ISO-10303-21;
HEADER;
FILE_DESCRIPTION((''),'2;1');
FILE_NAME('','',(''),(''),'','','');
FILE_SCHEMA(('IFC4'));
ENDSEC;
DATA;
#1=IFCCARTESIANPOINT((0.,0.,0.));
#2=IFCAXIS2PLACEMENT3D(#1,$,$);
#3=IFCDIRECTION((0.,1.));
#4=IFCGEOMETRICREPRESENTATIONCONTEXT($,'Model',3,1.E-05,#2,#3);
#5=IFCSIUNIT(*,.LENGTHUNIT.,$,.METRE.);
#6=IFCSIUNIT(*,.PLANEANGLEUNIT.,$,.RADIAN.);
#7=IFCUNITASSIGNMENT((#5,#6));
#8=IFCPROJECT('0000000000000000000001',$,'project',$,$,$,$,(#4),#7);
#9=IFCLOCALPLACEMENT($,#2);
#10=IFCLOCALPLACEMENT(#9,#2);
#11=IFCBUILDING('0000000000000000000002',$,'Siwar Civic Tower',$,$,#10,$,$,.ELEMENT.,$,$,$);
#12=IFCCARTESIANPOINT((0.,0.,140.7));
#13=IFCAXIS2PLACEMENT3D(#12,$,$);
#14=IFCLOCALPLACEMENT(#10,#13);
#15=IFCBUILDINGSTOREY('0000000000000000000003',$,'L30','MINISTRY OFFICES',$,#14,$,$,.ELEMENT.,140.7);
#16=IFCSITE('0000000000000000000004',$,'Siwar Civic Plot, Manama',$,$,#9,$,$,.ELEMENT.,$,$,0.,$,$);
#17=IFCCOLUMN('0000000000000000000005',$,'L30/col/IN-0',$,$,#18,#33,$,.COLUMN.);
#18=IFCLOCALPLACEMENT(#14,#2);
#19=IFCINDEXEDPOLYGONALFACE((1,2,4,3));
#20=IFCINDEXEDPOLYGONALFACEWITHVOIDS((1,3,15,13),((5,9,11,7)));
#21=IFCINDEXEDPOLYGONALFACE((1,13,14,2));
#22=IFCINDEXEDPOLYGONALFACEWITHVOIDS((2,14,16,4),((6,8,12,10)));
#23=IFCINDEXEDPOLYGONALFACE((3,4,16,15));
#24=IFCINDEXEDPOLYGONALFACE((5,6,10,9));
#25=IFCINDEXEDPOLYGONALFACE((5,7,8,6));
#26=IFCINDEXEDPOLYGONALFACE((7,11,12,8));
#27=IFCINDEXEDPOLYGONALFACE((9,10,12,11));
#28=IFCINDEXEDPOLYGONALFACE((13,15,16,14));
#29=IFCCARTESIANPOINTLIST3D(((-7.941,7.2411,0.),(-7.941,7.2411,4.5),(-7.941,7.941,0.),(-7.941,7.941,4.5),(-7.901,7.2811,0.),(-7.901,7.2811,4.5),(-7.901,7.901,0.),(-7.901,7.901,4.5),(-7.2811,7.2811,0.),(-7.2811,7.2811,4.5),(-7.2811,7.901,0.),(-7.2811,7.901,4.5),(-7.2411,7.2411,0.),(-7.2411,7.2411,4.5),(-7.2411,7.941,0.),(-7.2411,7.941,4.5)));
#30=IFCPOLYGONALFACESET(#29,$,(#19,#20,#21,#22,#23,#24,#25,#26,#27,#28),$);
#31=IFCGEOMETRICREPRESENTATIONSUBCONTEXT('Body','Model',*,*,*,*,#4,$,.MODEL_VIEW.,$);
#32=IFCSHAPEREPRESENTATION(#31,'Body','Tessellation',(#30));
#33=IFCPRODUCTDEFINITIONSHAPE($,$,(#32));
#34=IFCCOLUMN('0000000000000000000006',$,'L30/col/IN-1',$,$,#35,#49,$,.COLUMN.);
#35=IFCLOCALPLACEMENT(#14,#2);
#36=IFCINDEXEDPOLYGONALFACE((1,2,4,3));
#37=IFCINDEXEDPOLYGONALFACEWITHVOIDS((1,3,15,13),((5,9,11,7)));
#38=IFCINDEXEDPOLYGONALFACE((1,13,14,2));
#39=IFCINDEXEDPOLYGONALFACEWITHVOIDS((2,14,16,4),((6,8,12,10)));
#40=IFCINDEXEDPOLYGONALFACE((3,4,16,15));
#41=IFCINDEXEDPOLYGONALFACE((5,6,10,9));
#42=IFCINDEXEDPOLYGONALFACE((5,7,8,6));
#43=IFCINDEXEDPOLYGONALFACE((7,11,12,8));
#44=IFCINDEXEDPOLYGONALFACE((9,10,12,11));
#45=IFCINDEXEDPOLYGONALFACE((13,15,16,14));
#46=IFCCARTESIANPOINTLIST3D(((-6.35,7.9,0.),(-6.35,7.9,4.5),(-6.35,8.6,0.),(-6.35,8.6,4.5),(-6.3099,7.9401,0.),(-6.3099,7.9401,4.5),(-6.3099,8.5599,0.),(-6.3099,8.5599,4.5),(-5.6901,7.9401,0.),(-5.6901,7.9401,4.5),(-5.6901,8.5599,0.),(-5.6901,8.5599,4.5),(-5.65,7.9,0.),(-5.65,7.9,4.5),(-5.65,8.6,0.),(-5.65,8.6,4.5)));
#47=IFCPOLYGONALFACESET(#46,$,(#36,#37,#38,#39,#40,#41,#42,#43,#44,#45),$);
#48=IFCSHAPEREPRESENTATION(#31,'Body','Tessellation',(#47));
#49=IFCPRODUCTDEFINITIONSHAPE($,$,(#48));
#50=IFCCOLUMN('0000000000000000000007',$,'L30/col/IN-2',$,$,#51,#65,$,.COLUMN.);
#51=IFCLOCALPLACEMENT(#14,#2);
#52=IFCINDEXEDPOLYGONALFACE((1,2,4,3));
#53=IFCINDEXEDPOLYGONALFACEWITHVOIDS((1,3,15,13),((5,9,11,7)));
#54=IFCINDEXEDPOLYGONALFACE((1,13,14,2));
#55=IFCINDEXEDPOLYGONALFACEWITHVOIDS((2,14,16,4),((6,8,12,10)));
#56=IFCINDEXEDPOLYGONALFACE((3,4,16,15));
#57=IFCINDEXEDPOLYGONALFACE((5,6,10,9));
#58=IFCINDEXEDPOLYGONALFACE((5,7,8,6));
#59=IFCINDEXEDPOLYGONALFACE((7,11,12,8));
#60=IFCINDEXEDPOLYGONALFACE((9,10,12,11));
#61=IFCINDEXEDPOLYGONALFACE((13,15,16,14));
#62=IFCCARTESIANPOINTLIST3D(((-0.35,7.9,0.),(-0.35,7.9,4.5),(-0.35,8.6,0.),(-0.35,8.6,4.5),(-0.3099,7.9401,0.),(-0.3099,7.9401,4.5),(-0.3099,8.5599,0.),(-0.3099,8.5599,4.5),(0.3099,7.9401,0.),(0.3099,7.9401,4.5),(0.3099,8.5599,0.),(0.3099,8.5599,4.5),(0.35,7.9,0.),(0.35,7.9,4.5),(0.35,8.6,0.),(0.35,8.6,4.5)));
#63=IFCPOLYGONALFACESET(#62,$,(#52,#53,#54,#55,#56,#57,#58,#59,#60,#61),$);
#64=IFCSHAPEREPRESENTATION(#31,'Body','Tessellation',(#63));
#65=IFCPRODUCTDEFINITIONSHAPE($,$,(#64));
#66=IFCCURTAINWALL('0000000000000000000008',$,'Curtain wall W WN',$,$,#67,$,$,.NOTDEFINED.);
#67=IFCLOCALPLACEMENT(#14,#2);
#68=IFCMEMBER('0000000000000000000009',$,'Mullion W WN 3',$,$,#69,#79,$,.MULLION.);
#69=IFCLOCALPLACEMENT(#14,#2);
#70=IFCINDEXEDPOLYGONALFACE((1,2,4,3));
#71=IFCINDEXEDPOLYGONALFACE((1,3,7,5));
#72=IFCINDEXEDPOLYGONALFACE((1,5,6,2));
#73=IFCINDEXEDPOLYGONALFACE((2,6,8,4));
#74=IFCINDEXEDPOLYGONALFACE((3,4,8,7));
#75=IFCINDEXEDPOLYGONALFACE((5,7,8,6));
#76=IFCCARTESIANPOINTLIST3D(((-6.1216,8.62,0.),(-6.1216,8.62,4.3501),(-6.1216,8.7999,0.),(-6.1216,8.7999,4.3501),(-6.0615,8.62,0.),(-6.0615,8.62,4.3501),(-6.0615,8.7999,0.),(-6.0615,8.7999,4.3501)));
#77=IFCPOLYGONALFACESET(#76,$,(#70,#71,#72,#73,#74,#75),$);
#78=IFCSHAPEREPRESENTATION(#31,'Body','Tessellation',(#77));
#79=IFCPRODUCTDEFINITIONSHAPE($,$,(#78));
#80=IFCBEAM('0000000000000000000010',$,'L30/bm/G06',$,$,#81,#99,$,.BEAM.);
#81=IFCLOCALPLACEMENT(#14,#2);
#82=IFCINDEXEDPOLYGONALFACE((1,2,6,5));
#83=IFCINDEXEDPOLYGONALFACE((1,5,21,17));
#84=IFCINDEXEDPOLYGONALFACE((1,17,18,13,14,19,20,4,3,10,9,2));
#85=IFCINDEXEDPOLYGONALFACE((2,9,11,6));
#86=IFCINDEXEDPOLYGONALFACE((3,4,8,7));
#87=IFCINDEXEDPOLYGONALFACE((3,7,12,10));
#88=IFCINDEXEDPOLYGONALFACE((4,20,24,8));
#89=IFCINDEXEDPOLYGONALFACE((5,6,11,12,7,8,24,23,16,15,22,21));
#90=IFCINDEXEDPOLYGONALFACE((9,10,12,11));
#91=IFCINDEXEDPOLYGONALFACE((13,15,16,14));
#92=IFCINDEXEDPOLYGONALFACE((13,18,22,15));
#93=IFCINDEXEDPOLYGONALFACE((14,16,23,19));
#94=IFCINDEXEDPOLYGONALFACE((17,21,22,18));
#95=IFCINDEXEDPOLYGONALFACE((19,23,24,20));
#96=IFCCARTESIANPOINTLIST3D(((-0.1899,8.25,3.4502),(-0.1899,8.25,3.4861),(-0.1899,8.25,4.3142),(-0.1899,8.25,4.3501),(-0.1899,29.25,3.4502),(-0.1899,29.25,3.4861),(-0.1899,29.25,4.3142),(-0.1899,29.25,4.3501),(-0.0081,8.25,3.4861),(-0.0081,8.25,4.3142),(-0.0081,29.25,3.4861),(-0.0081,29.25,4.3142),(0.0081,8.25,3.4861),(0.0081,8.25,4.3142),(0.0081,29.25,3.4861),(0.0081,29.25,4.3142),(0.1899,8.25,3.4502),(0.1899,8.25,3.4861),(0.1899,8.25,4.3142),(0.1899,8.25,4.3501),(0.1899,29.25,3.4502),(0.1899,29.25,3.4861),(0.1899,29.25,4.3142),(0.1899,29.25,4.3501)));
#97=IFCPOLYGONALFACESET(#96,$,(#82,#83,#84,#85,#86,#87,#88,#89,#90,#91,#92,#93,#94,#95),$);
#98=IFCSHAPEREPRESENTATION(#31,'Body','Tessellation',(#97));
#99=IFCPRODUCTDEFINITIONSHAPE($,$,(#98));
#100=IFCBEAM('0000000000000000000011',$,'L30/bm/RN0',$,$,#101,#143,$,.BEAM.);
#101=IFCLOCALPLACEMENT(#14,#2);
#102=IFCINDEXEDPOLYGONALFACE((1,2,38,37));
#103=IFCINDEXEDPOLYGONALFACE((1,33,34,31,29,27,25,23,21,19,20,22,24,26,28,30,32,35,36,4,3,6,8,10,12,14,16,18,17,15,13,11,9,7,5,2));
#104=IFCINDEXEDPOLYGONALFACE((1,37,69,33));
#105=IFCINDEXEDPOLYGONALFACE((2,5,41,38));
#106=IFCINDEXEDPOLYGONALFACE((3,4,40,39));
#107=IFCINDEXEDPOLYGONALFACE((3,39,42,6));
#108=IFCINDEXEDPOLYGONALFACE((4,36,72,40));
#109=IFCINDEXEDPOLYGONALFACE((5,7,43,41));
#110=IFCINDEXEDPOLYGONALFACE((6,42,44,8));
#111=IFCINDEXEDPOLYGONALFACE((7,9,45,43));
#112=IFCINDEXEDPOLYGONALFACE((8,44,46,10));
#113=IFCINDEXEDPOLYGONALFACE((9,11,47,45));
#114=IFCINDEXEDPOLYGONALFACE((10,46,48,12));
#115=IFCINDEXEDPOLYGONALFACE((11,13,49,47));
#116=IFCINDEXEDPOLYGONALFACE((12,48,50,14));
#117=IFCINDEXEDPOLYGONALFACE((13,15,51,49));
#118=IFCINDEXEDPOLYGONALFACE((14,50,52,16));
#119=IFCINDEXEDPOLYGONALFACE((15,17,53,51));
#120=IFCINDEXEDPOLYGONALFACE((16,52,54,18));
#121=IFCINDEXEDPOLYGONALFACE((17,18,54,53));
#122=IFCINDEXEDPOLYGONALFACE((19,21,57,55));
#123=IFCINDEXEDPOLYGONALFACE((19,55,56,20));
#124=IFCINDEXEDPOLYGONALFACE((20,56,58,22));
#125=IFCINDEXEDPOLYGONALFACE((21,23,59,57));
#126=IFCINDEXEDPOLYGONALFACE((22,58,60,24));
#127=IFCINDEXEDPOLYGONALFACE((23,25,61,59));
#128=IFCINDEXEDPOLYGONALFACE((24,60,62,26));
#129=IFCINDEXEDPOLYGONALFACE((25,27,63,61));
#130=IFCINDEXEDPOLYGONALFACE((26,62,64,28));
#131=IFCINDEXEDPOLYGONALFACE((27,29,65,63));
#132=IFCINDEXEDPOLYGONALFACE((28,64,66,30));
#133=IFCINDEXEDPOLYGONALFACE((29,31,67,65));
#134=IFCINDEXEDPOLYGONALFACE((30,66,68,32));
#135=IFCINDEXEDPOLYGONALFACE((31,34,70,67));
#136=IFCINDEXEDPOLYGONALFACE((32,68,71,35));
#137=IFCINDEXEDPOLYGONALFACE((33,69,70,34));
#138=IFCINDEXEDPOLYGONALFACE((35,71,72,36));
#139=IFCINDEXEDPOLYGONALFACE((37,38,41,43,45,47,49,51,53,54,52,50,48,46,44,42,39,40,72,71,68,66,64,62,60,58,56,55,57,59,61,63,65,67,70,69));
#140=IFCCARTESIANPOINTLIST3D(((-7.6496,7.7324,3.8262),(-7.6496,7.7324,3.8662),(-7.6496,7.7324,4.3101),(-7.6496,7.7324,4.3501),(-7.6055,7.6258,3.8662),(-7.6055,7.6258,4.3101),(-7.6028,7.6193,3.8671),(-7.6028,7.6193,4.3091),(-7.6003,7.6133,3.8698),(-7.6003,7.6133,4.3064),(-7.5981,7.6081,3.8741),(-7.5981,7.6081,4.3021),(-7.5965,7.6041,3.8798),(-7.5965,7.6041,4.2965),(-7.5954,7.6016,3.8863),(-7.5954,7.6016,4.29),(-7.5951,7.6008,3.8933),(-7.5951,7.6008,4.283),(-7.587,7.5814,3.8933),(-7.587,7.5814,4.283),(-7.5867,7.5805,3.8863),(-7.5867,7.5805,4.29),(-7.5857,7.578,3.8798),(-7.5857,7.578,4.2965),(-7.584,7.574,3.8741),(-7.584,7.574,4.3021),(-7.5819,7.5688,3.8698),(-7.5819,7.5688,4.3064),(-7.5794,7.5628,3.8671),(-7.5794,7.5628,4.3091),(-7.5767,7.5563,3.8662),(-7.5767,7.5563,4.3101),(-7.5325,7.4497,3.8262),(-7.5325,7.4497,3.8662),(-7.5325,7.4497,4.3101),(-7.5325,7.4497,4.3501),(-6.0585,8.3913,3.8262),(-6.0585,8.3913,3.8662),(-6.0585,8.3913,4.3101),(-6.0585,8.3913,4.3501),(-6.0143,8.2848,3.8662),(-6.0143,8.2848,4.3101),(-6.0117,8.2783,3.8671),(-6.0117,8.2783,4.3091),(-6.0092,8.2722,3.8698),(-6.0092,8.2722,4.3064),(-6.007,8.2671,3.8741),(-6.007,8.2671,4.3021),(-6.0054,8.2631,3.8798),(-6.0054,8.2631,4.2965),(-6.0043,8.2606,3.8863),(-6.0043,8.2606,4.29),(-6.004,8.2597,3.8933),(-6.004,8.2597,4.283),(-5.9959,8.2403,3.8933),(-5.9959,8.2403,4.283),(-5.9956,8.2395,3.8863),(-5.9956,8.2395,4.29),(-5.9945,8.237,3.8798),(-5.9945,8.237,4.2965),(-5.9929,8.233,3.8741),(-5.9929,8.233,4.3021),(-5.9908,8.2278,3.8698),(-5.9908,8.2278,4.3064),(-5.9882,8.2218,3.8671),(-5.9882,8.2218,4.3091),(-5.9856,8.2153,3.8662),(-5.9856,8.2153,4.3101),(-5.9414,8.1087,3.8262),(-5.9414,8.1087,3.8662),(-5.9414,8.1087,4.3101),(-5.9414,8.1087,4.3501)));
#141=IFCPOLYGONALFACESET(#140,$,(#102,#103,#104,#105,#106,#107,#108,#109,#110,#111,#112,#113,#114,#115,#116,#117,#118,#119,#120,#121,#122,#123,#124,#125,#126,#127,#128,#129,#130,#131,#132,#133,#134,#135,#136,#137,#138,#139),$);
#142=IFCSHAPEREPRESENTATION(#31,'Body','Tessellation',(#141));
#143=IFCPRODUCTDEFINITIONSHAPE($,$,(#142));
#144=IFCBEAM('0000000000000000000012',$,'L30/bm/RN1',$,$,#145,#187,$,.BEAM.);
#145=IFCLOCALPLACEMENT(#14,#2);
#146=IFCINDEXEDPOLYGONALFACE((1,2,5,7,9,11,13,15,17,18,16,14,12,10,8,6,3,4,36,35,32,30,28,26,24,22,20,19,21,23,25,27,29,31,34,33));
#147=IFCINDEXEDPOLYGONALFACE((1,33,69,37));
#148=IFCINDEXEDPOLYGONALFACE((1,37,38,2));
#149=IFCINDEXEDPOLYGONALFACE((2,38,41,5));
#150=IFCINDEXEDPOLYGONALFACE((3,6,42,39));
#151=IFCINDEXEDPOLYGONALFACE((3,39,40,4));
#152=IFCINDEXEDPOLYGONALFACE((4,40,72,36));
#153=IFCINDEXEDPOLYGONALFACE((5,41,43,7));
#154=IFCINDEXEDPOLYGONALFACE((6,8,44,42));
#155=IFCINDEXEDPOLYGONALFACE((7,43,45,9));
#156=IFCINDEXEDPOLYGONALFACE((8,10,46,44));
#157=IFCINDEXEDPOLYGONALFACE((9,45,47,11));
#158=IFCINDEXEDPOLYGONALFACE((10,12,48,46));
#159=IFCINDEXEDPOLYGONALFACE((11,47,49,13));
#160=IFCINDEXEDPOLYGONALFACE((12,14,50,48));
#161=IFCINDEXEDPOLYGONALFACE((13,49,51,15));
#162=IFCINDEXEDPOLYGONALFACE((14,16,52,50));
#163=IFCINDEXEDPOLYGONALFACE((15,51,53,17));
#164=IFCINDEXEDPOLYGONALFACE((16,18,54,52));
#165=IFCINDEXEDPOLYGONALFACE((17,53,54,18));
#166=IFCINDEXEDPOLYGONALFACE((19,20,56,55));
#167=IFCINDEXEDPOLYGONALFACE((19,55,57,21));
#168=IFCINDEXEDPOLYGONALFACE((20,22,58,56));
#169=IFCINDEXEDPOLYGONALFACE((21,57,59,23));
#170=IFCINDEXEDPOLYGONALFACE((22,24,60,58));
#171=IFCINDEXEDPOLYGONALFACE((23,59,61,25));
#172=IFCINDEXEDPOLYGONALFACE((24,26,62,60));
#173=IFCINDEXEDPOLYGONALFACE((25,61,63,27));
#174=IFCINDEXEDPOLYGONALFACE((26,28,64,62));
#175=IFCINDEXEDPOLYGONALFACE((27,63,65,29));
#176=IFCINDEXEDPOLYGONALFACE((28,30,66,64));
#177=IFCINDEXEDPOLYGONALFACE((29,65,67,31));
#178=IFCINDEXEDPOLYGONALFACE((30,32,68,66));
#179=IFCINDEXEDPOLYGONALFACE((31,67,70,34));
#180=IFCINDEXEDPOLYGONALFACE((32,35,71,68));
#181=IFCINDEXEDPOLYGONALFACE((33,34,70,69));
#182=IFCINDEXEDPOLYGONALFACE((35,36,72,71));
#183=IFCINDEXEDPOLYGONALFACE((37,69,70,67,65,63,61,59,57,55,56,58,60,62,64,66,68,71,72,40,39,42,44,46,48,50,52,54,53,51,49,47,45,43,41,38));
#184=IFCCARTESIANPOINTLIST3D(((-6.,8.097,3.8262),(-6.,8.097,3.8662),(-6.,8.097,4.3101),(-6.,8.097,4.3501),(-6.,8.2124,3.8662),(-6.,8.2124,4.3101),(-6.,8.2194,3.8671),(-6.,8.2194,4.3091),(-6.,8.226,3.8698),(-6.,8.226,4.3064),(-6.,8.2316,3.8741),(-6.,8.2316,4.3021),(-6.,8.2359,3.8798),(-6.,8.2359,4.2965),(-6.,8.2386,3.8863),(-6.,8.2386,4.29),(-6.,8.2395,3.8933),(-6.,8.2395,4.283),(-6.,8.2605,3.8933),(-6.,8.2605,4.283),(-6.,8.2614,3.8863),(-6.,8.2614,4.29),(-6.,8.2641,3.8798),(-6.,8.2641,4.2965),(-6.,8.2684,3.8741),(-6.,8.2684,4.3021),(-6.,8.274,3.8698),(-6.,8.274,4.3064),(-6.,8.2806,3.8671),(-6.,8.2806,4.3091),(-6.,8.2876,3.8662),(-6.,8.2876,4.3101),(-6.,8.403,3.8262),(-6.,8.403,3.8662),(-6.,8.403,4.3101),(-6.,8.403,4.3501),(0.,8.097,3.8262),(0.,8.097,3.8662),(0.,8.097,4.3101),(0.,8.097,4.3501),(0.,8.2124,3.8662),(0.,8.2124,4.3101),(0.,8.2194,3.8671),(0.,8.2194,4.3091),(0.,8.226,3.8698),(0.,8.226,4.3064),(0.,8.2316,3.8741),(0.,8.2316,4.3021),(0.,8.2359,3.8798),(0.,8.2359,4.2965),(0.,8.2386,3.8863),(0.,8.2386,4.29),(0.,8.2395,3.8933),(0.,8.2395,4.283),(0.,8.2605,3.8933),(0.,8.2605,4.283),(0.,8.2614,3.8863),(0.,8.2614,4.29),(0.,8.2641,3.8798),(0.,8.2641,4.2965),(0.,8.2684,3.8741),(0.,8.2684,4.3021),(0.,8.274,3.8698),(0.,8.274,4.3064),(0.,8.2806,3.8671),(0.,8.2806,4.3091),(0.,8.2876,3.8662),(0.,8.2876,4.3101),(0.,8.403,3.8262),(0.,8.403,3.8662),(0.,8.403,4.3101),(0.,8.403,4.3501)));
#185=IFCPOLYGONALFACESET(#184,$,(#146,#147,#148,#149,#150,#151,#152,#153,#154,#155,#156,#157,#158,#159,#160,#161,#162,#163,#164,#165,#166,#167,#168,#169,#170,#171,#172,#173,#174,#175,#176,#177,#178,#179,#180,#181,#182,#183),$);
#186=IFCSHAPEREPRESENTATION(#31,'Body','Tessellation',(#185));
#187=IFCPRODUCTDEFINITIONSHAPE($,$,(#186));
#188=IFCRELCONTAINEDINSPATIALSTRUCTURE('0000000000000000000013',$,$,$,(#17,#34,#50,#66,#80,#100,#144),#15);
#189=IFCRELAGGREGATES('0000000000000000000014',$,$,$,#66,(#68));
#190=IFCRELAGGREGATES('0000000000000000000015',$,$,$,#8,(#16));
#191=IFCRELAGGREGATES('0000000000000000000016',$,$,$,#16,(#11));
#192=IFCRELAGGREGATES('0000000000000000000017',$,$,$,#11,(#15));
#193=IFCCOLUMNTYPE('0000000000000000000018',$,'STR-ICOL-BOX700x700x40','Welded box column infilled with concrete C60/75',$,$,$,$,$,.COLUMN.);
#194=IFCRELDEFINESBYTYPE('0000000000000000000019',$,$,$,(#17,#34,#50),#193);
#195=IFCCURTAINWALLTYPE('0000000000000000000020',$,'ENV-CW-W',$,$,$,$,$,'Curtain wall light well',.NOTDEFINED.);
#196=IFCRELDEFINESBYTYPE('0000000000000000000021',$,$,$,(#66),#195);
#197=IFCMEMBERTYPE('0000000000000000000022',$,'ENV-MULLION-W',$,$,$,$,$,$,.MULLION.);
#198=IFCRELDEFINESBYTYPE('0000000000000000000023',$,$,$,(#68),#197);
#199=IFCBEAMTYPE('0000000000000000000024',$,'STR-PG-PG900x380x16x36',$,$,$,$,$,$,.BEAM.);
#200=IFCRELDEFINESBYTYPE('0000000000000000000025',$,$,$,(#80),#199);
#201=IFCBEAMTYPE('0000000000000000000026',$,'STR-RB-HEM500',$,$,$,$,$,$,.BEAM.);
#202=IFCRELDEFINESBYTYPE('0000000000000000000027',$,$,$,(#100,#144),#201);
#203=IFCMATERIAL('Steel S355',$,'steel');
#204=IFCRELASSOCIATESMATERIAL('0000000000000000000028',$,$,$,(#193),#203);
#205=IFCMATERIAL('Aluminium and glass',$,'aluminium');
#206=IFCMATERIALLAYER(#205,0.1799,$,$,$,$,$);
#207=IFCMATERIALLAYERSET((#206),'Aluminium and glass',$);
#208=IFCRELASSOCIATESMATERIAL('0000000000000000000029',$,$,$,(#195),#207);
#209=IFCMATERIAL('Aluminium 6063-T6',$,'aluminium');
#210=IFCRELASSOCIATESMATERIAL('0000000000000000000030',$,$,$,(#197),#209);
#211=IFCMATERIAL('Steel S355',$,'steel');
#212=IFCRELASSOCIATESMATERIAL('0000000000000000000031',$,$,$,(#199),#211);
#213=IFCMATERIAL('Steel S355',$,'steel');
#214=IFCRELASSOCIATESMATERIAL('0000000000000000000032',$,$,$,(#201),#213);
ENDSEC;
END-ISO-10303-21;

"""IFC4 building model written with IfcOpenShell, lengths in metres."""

from ifc_helpers import new_model, si_unit, direction, frame, origin, origin_2d, place, context, subcontext, project, spatial, rectangle, hollow_rectangle, i_section, extrude, material, layer, layer_set, material_profile, profile_set, type_object, element, aggregate, save


model = new_model("IFC4")

# Units and contexts
model_context = context("Model", 3, precision=1e-05, world=origin(), true_north=direction((0.0, 1.0)))
body_context = subcontext(model_context, "Body", "Model", "MODEL_VIEW")
ifc_project = project(units=[si_unit("LENGTHUNIT", "METRE"), si_unit("PLANEANGLEUNIT", "RADIAN")], contexts=[model_context])

# Site, building, storey
site_placement = place(None, origin())
site = spatial("IfcSite", under=ifc_project, at=site_placement, Name="Siwar Civic Plot, Manama", CompositionType="ELEMENT", RefElevation=0.0)
building_placement = place(site_placement, origin())
building = spatial("IfcBuilding", under=site, at=building_placement, Name="Siwar Civic Tower", CompositionType="ELEMENT")
storey_placement = place(building_placement, frame((0.0, 0.0, 140.7)))
storey = spatial("IfcBuildingStorey", under=building, at=storey_placement, Name="L30", Description="MINISTRY OFFICES", CompositionType="ELEMENT", Elevation=140.7)

# Columns
ifc_material_1 = material(Name="Steel S355", Category="steel")
ifc_material_profile_1 = material_profile(ifc_material_1, hollow_rectangle(XDim=0.7, YDim=0.7, WallThickness=0.04, at=origin_2d()), Name="BOX700x700x40")
ifc_profile_set_1 = profile_set([ifc_material_profile_1], Name="Steel S355")
column_type = type_object("IfcColumnType", Name="STR-ICOL-BOX700x700x40", Description="Welded box column infilled with concrete C60/75", PredefinedType="COLUMN", material=ifc_profile_set_1)
for number, where, z_axis, x_axis, name in (
    (1, (-7.5911, 7.5911, 0.0), (0.0, 0.0, 1.0), (1.0, 0.0, 0.0), "L30/col/IN-0"),
    (2, (-6.0, 8.25, 0.0), (0.0, 0.0, 1.0), (1.0, 0.0, 0.0), "L30/col/IN-1"),
    (3, (0.0, 8.25, 0.0), (0.0, 0.0, 1.0), (1.0, 0.0, 0.0), "L30/col/IN-2"),
):
    element("IfcColumn", number, at=place(storey_placement, frame(where, z_axis=z_axis, x_axis=x_axis)), inside=storey, type_object=column_type, Name=name, PredefinedType="COLUMN", context=body_context, shape_type="SweptSolid", body=[
        extrude(hollow_rectangle(XDim=0.7, YDim=0.7, WallThickness=0.04, at=origin_2d()), origin(), (0.0, 0.0, 1.0), 4.5),
    ])

# Curtain wall, member
ifc_material_2 = material(Name="Aluminium and glass", Category="aluminium")
ifc_layer_1 = layer(ifc_material_2, 0.1799)
ifc_layer_set_1 = layer_set([ifc_layer_1], Name="Aluminium and glass")
curtain_wall_type = type_object("IfcCurtainWallType", Name="ENV-CW-W", ElementType="Curtain wall light well", PredefinedType="NOTDEFINED", material=ifc_layer_set_1)
curtain_wall_placement = place(storey_placement, origin())
curtain_wall = element("IfcCurtainWall", 4, at=curtain_wall_placement, inside=storey, type_object=curtain_wall_type, Name="Curtain wall W WN", PredefinedType="NOTDEFINED")
ifc_material_3 = material(Name="Aluminium 6063-T6", Category="aluminium")
ifc_material_profile_2 = material_profile(ifc_material_3, rectangle(XDim=0.1799, YDim=0.0601, at=origin_2d()), Name="AL 180x60")
ifc_profile_set_2 = profile_set([ifc_material_profile_2], Name="Aluminium 6063-T6")
member_type = type_object("IfcMemberType", Name="ENV-MULLION-W", PredefinedType="MULLION", material=ifc_profile_set_2)
member_placement = place(storey_placement, frame((-6.0916, 8.71, 0.0), z_axis=(0.0, 0.0, 1.0), x_axis=(0.0, -1.0, 0.0)))
member = element("IfcMember", 5, at=member_placement, type_object=member_type, Name="Mullion W WN 3", PredefinedType="MULLION", context=body_context, shape_type="SweptSolid", body=[
    extrude(rectangle(XDim=0.1799, YDim=0.0601, at=origin_2d()), origin(), (0.0, 0.0, 1.0), 4.3501),
])

# Beams
ifc_material_4 = material(Name="Steel S355", Category="steel")
ifc_material_profile_3 = material_profile(ifc_material_4, i_section(OverallWidth=0.3799, OverallDepth=0.8999, WebThickness=0.0161, FlangeThickness=0.0359, at=origin_2d()), Name="PG900x380x16x36")
ifc_profile_set_3 = profile_set([ifc_material_profile_3], Name="Steel S355")
beam_type_1 = type_object("IfcBeamType", Name="STR-PG-PG900x380x16x36", PredefinedType="BEAM", material=ifc_profile_set_3)
beam_1_placement = place(storey_placement, frame((0.0, 8.25, 3.9001), z_axis=(0.0, 1.0, 0.0), x_axis=(-1.0, 0.0, 0.0)))
element("IfcBeam", 6, at=beam_1_placement, inside=storey, type_object=beam_type_1, Name="L30/bm/G06", PredefinedType="BEAM", context=body_context, shape_type="SweptSolid", body=[
    extrude(i_section(OverallWidth=0.3799, OverallDepth=0.8999, WebThickness=0.0161, FlangeThickness=0.0359, at=origin_2d()), origin(), (0.0, 0.0, 1.0), 21.0),
])
ifc_material_5 = material(Name="Steel S355", Category="steel")
ifc_material_profile_4 = material_profile(ifc_material_5, i_section(OverallWidth=0.3059, OverallDepth=0.5239, WebThickness=0.021, FlangeThickness=0.04, FilletRadius=0.0271, at=origin_2d()), Name="HEM500")
ifc_profile_set_4 = profile_set([ifc_material_profile_4], Name="Steel S355")
beam_type_2 = type_object("IfcBeamType", Name="STR-RB-HEM500", PredefinedType="BEAM", material=ifc_profile_set_4)
beam_2_placement = place(storey_placement, frame((-7.5911, 7.5911, 4.0881), z_axis=(0.923901, 0.382631, 0.0), x_axis=(-0.382631, 0.923901, 0.0)))
element("IfcBeam", 7, at=beam_2_placement, inside=storey, type_object=beam_type_2, Name="L30/bm/RN0", PredefinedType="BEAM", context=body_context, shape_type="SweptSolid", body=[
    extrude(i_section(OverallWidth=0.3059, OverallDepth=0.5239, WebThickness=0.021, FlangeThickness=0.04, FilletRadius=0.0271, at=origin_2d()), origin(), (0.0, 0.0, 1.0), 1.7222),
])
for number, where, z_axis, x_axis, name in (
    (8, (-6.0, 8.25, 4.0881), (1.0, 0.0, 0.0), (0.0, 1.0, 0.0), "L30/bm/RN1"),
):
    element("IfcBeam", number, at=place(storey_placement, frame(where, z_axis=z_axis, x_axis=x_axis)), inside=storey, type_object=beam_type_2, Name=name, PredefinedType="BEAM", context=body_context, shape_type="SweptSolid", body=[
        extrude(i_section(OverallWidth=0.3059, OverallDepth=0.5239, WebThickness=0.021, FlangeThickness=0.04, FilletRadius=0.0271, at=origin_2d()), origin(), (0.0, 0.0, 1.0), 6.0),
    ])

aggregate(curtain_wall, [member])

save(model, "model.ifc")
